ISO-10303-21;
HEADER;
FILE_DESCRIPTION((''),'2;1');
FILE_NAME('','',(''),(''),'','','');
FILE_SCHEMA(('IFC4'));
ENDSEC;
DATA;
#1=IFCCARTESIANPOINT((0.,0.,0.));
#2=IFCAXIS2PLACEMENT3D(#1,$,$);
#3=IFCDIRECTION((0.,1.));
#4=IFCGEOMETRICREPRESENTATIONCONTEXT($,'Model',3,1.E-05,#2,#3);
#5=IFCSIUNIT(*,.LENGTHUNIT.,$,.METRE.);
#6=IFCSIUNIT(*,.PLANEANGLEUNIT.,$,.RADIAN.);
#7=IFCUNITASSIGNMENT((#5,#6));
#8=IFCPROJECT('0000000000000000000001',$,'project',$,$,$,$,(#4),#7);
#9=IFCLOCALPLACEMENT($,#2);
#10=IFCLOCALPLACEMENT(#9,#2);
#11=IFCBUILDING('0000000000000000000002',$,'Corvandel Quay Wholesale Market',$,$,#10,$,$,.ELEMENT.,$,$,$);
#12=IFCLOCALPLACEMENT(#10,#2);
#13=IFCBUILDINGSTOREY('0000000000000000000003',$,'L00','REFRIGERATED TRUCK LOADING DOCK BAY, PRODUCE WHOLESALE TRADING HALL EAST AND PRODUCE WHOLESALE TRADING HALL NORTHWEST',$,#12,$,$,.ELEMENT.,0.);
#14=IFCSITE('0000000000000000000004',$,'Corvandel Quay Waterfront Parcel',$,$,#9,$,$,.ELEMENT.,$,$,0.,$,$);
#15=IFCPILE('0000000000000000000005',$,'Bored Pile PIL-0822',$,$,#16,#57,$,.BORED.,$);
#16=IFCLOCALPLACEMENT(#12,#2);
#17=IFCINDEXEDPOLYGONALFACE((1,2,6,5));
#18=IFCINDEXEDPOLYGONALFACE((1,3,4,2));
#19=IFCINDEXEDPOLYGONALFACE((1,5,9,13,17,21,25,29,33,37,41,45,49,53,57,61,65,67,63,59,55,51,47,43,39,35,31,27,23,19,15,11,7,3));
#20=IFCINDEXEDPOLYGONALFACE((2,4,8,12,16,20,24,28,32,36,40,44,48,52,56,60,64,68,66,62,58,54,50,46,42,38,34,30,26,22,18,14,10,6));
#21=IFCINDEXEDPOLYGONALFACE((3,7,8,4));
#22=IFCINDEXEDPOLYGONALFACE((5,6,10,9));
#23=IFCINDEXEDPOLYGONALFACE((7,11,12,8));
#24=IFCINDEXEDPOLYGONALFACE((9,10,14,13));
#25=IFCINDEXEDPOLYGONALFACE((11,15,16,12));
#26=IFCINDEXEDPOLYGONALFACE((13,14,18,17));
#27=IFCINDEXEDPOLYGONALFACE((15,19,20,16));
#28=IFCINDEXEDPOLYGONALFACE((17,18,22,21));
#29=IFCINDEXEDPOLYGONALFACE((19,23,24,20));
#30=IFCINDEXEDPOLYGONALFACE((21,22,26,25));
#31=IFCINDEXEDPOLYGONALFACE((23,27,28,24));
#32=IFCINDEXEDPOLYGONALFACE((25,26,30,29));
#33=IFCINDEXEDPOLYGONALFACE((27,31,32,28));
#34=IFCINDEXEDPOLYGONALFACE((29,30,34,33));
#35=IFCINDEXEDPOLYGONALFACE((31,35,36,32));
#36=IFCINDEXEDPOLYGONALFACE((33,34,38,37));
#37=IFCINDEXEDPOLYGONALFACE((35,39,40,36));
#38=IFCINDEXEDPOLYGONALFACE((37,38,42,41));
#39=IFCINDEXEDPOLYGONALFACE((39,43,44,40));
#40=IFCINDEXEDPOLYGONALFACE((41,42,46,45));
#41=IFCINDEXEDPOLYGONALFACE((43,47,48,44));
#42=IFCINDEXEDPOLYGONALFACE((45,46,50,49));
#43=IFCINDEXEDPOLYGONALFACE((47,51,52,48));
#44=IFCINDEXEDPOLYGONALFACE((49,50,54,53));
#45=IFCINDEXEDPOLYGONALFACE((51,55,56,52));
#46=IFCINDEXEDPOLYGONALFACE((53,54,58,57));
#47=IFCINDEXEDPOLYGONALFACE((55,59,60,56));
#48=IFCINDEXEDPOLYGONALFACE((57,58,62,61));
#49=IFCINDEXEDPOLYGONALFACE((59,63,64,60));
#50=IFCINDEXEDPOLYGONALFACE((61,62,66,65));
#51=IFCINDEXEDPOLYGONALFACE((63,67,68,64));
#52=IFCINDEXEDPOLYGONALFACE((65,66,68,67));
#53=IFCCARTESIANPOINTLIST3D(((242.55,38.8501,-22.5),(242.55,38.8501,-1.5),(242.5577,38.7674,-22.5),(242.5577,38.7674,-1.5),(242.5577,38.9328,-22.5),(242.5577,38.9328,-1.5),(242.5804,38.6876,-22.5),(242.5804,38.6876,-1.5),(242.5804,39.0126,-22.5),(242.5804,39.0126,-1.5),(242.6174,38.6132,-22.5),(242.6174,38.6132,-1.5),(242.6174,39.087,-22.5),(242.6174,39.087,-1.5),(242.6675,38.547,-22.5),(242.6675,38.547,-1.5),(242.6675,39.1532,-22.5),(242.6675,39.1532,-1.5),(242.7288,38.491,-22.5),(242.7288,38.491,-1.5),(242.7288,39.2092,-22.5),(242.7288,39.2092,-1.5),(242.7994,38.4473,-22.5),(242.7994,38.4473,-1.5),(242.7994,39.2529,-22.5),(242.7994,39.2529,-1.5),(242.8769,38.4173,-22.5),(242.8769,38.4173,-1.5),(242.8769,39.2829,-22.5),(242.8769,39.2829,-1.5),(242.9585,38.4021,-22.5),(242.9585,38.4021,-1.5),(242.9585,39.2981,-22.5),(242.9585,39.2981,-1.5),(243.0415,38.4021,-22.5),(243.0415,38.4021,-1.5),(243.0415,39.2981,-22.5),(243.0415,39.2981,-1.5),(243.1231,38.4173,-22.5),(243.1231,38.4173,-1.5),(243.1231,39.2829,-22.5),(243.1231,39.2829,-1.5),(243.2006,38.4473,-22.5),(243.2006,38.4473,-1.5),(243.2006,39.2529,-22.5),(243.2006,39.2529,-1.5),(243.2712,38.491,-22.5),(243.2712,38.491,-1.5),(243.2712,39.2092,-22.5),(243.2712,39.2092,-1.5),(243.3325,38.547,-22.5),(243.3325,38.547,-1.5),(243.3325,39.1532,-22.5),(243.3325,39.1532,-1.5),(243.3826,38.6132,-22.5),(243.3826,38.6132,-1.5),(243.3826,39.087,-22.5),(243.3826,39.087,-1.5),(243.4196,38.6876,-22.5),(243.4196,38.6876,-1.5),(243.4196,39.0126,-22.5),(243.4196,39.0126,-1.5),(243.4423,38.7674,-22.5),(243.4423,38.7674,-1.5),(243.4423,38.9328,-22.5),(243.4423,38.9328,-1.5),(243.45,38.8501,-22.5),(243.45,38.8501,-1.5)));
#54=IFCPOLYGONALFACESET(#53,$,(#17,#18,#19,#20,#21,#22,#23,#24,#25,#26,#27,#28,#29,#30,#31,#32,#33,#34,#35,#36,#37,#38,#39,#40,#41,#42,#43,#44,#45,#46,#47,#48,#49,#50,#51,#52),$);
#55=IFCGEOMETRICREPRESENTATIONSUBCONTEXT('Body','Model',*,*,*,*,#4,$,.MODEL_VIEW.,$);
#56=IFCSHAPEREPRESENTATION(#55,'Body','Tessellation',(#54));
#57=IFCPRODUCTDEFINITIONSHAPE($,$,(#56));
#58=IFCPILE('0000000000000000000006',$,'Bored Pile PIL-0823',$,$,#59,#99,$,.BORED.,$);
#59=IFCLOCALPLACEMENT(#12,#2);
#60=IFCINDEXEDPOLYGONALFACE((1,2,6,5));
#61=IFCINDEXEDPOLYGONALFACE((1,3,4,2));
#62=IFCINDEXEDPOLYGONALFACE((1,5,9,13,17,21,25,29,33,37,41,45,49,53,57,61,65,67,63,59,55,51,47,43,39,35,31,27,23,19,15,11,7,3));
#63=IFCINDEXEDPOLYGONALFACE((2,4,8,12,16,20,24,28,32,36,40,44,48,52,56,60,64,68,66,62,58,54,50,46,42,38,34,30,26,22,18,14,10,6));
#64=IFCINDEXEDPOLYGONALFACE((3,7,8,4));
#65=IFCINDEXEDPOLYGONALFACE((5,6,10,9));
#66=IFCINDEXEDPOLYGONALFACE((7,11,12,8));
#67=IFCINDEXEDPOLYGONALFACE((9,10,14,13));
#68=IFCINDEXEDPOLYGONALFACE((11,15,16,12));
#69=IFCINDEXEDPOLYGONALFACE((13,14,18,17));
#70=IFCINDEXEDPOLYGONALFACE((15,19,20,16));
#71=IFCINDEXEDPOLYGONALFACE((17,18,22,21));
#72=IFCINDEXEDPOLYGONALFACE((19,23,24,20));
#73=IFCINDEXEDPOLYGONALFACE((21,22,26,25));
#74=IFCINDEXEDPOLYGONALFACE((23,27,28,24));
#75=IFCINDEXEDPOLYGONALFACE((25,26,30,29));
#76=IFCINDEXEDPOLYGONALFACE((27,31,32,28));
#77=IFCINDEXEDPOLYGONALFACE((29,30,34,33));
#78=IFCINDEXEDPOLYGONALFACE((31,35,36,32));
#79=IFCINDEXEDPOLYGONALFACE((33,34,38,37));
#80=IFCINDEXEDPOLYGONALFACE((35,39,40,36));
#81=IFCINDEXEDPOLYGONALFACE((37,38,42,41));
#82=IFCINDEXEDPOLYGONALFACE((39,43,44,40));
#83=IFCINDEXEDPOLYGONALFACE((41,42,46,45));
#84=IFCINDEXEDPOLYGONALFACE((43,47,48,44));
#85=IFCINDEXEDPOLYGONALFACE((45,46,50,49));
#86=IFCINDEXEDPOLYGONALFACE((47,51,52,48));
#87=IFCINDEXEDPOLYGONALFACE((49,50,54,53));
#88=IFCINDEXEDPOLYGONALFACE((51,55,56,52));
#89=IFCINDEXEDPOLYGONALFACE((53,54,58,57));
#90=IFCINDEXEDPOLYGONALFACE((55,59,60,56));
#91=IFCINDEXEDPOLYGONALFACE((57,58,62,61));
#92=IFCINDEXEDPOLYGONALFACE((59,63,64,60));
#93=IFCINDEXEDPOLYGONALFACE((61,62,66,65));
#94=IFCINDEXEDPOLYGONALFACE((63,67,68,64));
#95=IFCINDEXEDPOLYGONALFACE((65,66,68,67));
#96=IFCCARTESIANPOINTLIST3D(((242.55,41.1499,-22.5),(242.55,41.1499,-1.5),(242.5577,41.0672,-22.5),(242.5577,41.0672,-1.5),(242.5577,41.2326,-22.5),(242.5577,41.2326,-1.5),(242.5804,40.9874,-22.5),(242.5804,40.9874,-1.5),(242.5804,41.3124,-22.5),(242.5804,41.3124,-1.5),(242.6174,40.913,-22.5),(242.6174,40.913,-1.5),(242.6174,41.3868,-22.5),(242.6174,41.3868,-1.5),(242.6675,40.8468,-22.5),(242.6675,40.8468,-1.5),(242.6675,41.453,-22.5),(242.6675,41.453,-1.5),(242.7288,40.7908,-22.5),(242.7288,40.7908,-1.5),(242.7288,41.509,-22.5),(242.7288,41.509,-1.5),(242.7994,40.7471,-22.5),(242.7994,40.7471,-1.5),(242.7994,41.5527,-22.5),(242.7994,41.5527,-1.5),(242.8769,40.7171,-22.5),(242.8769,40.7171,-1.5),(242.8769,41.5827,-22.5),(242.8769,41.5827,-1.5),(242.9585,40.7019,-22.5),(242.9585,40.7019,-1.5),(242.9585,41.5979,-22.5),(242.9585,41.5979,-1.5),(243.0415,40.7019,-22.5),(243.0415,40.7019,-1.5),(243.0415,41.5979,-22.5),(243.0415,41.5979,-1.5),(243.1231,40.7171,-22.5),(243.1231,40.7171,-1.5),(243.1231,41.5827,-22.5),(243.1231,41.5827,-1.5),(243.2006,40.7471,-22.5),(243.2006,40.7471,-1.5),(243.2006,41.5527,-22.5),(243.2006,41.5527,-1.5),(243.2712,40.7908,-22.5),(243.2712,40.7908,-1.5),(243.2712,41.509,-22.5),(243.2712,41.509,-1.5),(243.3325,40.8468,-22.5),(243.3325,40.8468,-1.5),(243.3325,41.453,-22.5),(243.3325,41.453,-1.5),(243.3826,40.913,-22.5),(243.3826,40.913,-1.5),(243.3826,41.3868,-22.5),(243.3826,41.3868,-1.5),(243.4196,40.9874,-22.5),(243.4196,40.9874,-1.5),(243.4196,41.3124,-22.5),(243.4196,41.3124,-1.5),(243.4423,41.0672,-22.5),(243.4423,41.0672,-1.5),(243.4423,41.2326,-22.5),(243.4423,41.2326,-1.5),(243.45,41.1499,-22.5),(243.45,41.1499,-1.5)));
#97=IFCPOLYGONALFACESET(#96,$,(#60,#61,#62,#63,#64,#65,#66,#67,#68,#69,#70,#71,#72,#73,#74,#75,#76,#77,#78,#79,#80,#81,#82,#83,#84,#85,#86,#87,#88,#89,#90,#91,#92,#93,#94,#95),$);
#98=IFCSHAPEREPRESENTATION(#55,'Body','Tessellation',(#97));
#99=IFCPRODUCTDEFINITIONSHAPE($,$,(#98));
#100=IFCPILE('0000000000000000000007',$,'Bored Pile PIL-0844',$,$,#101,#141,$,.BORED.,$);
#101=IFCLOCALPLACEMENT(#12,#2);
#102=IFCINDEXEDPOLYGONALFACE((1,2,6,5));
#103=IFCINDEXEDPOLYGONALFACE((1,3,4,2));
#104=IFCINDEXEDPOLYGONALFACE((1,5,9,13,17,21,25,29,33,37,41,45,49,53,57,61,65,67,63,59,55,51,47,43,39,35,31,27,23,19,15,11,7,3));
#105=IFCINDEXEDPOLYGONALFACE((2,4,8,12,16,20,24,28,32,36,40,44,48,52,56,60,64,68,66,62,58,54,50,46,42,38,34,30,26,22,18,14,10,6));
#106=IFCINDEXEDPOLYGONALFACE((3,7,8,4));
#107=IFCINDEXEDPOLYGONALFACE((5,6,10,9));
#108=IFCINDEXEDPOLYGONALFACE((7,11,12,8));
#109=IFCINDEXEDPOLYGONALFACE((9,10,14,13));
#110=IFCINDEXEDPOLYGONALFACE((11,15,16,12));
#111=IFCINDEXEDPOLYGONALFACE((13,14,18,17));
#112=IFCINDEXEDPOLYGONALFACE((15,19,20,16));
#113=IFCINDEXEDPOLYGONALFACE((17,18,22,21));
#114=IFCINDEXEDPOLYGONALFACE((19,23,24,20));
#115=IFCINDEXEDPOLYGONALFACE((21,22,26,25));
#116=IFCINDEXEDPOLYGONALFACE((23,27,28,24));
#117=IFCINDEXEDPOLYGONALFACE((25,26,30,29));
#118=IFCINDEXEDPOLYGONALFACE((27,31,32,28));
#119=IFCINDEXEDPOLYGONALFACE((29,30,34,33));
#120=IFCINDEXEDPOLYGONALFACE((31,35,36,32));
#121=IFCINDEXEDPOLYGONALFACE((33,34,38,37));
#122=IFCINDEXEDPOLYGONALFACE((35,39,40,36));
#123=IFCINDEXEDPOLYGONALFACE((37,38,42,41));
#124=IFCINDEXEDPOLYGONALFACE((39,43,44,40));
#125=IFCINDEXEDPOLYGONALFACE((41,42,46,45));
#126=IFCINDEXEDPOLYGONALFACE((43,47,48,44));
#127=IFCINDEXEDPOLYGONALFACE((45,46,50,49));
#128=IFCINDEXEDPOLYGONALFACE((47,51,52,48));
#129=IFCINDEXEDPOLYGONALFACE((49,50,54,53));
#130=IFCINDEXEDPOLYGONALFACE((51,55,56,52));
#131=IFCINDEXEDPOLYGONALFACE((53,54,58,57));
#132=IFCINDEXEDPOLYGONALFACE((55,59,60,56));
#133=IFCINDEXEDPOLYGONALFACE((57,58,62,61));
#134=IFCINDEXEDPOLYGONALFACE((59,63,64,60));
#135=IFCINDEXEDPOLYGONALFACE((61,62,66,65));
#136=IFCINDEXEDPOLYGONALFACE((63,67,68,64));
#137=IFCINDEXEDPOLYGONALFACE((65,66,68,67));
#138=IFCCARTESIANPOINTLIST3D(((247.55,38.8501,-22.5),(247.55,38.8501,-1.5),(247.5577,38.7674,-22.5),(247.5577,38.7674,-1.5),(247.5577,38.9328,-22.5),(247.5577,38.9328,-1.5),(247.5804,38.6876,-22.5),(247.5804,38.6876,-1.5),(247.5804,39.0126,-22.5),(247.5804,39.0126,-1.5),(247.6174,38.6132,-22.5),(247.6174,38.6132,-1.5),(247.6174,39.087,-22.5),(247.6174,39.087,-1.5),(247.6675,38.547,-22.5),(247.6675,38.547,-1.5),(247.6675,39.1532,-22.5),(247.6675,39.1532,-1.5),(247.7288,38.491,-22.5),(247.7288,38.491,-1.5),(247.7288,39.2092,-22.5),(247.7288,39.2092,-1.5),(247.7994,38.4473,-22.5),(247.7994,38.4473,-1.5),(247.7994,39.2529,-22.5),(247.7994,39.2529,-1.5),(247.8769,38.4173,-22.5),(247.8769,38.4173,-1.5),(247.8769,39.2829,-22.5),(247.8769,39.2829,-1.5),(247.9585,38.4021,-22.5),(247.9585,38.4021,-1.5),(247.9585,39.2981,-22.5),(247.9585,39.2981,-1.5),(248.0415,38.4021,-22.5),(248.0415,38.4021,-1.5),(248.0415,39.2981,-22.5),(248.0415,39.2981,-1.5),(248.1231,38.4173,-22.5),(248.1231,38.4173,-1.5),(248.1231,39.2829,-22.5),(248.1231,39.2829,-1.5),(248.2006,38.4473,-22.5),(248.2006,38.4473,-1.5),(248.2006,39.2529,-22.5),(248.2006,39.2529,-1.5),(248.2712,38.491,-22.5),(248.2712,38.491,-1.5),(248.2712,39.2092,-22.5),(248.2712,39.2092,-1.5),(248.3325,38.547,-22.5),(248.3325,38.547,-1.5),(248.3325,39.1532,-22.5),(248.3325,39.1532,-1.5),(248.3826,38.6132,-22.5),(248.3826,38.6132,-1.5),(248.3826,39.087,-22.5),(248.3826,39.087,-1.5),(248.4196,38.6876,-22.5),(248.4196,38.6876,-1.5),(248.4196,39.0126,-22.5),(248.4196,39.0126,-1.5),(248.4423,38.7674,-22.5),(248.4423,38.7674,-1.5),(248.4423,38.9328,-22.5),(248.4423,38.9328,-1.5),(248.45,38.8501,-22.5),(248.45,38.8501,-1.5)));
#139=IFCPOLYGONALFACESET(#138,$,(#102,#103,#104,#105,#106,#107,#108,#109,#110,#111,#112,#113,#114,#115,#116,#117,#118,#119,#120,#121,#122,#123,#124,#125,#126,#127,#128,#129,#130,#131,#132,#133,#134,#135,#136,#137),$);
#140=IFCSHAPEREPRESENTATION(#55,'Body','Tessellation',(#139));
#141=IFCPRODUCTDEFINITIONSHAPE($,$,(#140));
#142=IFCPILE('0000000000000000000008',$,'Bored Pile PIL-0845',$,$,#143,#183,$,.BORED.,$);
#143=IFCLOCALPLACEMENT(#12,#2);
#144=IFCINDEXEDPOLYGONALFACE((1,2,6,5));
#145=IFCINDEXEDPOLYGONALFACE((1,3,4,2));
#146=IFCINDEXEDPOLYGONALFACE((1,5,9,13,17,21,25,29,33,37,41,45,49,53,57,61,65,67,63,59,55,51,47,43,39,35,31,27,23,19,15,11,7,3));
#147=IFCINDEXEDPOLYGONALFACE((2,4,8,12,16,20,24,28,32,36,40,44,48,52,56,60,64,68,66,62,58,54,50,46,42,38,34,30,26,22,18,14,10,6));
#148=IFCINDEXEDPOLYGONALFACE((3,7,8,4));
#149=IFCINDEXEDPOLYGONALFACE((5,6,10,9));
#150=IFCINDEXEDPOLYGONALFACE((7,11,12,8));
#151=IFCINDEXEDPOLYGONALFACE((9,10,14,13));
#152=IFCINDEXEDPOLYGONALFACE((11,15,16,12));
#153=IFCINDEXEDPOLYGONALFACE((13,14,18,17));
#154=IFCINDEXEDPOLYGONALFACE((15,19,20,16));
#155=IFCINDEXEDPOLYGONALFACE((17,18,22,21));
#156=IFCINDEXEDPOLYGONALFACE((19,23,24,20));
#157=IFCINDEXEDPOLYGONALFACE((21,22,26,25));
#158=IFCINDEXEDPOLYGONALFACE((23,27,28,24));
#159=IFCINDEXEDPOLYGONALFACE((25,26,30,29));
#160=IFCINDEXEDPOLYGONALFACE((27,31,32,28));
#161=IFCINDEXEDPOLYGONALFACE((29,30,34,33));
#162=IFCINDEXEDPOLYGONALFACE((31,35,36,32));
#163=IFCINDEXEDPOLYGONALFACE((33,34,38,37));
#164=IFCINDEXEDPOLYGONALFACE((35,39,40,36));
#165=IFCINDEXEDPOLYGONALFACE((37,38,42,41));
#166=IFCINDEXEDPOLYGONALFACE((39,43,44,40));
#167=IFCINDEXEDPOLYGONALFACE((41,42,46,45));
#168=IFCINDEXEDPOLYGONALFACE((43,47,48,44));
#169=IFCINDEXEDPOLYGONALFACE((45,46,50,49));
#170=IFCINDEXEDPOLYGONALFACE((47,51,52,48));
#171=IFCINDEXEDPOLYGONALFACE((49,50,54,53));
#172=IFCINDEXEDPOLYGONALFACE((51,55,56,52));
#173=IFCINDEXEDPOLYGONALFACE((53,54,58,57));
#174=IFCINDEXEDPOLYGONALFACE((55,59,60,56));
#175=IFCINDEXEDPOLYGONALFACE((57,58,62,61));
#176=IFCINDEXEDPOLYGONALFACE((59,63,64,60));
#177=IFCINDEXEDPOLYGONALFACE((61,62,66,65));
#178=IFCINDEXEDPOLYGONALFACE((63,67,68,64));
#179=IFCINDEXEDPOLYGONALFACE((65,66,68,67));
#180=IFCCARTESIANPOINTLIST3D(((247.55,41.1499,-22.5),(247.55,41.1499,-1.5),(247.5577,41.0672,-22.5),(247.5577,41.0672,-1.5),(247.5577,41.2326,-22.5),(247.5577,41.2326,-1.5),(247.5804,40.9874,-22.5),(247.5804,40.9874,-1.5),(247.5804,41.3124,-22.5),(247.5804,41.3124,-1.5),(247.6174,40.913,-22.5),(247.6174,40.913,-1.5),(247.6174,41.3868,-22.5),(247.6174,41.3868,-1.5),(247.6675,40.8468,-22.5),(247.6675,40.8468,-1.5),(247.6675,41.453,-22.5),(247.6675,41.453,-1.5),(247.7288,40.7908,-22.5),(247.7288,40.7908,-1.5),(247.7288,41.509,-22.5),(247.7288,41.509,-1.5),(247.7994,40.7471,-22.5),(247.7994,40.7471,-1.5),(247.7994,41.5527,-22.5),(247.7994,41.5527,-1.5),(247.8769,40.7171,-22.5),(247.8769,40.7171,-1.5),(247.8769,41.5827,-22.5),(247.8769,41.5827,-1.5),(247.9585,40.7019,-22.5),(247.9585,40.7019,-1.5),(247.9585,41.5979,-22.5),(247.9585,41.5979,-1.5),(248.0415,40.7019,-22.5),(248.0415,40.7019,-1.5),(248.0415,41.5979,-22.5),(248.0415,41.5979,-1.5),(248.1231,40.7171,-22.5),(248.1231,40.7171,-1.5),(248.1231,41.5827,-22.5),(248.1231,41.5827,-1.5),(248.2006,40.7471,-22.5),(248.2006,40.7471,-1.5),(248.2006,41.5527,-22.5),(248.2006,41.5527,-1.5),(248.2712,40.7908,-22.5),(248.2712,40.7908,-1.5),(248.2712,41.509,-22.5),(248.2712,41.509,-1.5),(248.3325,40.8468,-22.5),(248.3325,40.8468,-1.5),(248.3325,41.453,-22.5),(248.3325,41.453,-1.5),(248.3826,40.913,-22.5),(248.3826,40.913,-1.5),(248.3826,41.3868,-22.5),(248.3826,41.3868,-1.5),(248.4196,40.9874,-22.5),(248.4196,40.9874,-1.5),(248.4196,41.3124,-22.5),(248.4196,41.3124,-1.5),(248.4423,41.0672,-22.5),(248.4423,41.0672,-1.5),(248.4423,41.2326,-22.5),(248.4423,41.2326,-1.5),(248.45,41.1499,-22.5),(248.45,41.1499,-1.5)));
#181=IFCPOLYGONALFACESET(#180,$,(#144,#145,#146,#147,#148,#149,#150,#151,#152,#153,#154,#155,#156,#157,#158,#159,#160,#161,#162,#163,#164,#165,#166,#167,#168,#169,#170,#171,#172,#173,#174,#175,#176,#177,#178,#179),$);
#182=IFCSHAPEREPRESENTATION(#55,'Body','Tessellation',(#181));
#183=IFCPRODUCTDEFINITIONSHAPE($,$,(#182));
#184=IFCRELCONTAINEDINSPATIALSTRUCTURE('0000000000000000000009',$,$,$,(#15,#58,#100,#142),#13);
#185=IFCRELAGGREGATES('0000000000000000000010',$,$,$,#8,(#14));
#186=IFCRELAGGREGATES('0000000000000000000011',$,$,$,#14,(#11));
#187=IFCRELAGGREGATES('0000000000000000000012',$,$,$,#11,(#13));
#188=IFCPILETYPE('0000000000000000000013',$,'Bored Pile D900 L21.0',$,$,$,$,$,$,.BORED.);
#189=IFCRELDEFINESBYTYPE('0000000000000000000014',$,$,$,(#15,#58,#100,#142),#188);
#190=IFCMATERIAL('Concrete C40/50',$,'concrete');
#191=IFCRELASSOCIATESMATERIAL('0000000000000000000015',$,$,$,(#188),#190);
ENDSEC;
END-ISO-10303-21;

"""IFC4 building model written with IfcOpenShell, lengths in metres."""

from ifc_helpers import new_model, si_unit, direction, frame, origin, origin_2d, place, context, subcontext, project, spatial, circle, extrude, material, material_profile, profile_set, type_object, element, save


model = new_model("IFC4")

# Units and contexts
model_context = context("Model", 3, precision=1e-05, world=origin(), true_north=direction((0.0, 1.0)))
body_context = subcontext(model_context, "Body", "Model", "MODEL_VIEW")
ifc_project = project(units=[si_unit("LENGTHUNIT", "METRE"), si_unit("PLANEANGLEUNIT", "RADIAN")], contexts=[model_context])

# Site, building, storey
site_placement = place(None, origin())
site = spatial("IfcSite", under=ifc_project, at=site_placement, Name="Corvandel Quay Waterfront Parcel", CompositionType="ELEMENT", RefElevation=0.0)
building_placement = place(site_placement, origin())
building = spatial("IfcBuilding", under=site, at=building_placement, Name="Corvandel Quay Wholesale Market", CompositionType="ELEMENT")
storey_placement = place(building_placement, origin())
storey = spatial("IfcBuildingStorey", under=building, at=storey_placement, Name="L00", Description="REFRIGERATED TRUCK LOADING DOCK BAY, PRODUCE WHOLESALE TRADING HALL EAST AND PRODUCE WHOLESALE TRADING HALL NORTHWEST", CompositionType="ELEMENT", Elevation=0.0)

# Piles
ifc_material_1 = material(Name="Concrete C40/50", Category="concrete")
ifc_material_profile_1 = material_profile(ifc_material_1, circle(Radius=0.45, at=origin_2d()), Name="RC-PILE-D900")
ifc_profile_set_1 = profile_set([ifc_material_profile_1], Name="Concrete C40/50")
pile_type = type_object("IfcPileType", Name="Bored Pile D900 L21.0", PredefinedType="BORED", material=ifc_profile_set_1)
for number, where, z_axis, x_axis, name in (
    (1, (243.0, 38.8501, -1.5), (0.0, 0.0, -1.0), (1.0, 0.0, 0.0), "Bored Pile PIL-0822"),
    (2, (243.0, 41.1499, -1.5), (0.0, 0.0, -1.0), (1.0, 0.0, 0.0), "Bored Pile PIL-0823"),
    (3, (248.0, 38.8501, -1.5), (0.0, 0.0, -1.0), (1.0, 0.0, 0.0), "Bored Pile PIL-0844"),
    (4, (248.0, 41.1499, -1.5), (0.0, 0.0, -1.0), (1.0, 0.0, 0.0), "Bored Pile PIL-0845"),
):
    element("IfcPile", number, at=place(storey_placement, frame(where, z_axis=z_axis, x_axis=x_axis)), inside=storey, type_object=pile_type, Name=name, PredefinedType="BORED", context=body_context, shape_type="SweptSolid", body=[
        extrude(circle(Radius=0.45, at=origin_2d()), origin(), (0.0, 0.0, 1.0), 21.0),
    ])

save(model, "model.ifc")
